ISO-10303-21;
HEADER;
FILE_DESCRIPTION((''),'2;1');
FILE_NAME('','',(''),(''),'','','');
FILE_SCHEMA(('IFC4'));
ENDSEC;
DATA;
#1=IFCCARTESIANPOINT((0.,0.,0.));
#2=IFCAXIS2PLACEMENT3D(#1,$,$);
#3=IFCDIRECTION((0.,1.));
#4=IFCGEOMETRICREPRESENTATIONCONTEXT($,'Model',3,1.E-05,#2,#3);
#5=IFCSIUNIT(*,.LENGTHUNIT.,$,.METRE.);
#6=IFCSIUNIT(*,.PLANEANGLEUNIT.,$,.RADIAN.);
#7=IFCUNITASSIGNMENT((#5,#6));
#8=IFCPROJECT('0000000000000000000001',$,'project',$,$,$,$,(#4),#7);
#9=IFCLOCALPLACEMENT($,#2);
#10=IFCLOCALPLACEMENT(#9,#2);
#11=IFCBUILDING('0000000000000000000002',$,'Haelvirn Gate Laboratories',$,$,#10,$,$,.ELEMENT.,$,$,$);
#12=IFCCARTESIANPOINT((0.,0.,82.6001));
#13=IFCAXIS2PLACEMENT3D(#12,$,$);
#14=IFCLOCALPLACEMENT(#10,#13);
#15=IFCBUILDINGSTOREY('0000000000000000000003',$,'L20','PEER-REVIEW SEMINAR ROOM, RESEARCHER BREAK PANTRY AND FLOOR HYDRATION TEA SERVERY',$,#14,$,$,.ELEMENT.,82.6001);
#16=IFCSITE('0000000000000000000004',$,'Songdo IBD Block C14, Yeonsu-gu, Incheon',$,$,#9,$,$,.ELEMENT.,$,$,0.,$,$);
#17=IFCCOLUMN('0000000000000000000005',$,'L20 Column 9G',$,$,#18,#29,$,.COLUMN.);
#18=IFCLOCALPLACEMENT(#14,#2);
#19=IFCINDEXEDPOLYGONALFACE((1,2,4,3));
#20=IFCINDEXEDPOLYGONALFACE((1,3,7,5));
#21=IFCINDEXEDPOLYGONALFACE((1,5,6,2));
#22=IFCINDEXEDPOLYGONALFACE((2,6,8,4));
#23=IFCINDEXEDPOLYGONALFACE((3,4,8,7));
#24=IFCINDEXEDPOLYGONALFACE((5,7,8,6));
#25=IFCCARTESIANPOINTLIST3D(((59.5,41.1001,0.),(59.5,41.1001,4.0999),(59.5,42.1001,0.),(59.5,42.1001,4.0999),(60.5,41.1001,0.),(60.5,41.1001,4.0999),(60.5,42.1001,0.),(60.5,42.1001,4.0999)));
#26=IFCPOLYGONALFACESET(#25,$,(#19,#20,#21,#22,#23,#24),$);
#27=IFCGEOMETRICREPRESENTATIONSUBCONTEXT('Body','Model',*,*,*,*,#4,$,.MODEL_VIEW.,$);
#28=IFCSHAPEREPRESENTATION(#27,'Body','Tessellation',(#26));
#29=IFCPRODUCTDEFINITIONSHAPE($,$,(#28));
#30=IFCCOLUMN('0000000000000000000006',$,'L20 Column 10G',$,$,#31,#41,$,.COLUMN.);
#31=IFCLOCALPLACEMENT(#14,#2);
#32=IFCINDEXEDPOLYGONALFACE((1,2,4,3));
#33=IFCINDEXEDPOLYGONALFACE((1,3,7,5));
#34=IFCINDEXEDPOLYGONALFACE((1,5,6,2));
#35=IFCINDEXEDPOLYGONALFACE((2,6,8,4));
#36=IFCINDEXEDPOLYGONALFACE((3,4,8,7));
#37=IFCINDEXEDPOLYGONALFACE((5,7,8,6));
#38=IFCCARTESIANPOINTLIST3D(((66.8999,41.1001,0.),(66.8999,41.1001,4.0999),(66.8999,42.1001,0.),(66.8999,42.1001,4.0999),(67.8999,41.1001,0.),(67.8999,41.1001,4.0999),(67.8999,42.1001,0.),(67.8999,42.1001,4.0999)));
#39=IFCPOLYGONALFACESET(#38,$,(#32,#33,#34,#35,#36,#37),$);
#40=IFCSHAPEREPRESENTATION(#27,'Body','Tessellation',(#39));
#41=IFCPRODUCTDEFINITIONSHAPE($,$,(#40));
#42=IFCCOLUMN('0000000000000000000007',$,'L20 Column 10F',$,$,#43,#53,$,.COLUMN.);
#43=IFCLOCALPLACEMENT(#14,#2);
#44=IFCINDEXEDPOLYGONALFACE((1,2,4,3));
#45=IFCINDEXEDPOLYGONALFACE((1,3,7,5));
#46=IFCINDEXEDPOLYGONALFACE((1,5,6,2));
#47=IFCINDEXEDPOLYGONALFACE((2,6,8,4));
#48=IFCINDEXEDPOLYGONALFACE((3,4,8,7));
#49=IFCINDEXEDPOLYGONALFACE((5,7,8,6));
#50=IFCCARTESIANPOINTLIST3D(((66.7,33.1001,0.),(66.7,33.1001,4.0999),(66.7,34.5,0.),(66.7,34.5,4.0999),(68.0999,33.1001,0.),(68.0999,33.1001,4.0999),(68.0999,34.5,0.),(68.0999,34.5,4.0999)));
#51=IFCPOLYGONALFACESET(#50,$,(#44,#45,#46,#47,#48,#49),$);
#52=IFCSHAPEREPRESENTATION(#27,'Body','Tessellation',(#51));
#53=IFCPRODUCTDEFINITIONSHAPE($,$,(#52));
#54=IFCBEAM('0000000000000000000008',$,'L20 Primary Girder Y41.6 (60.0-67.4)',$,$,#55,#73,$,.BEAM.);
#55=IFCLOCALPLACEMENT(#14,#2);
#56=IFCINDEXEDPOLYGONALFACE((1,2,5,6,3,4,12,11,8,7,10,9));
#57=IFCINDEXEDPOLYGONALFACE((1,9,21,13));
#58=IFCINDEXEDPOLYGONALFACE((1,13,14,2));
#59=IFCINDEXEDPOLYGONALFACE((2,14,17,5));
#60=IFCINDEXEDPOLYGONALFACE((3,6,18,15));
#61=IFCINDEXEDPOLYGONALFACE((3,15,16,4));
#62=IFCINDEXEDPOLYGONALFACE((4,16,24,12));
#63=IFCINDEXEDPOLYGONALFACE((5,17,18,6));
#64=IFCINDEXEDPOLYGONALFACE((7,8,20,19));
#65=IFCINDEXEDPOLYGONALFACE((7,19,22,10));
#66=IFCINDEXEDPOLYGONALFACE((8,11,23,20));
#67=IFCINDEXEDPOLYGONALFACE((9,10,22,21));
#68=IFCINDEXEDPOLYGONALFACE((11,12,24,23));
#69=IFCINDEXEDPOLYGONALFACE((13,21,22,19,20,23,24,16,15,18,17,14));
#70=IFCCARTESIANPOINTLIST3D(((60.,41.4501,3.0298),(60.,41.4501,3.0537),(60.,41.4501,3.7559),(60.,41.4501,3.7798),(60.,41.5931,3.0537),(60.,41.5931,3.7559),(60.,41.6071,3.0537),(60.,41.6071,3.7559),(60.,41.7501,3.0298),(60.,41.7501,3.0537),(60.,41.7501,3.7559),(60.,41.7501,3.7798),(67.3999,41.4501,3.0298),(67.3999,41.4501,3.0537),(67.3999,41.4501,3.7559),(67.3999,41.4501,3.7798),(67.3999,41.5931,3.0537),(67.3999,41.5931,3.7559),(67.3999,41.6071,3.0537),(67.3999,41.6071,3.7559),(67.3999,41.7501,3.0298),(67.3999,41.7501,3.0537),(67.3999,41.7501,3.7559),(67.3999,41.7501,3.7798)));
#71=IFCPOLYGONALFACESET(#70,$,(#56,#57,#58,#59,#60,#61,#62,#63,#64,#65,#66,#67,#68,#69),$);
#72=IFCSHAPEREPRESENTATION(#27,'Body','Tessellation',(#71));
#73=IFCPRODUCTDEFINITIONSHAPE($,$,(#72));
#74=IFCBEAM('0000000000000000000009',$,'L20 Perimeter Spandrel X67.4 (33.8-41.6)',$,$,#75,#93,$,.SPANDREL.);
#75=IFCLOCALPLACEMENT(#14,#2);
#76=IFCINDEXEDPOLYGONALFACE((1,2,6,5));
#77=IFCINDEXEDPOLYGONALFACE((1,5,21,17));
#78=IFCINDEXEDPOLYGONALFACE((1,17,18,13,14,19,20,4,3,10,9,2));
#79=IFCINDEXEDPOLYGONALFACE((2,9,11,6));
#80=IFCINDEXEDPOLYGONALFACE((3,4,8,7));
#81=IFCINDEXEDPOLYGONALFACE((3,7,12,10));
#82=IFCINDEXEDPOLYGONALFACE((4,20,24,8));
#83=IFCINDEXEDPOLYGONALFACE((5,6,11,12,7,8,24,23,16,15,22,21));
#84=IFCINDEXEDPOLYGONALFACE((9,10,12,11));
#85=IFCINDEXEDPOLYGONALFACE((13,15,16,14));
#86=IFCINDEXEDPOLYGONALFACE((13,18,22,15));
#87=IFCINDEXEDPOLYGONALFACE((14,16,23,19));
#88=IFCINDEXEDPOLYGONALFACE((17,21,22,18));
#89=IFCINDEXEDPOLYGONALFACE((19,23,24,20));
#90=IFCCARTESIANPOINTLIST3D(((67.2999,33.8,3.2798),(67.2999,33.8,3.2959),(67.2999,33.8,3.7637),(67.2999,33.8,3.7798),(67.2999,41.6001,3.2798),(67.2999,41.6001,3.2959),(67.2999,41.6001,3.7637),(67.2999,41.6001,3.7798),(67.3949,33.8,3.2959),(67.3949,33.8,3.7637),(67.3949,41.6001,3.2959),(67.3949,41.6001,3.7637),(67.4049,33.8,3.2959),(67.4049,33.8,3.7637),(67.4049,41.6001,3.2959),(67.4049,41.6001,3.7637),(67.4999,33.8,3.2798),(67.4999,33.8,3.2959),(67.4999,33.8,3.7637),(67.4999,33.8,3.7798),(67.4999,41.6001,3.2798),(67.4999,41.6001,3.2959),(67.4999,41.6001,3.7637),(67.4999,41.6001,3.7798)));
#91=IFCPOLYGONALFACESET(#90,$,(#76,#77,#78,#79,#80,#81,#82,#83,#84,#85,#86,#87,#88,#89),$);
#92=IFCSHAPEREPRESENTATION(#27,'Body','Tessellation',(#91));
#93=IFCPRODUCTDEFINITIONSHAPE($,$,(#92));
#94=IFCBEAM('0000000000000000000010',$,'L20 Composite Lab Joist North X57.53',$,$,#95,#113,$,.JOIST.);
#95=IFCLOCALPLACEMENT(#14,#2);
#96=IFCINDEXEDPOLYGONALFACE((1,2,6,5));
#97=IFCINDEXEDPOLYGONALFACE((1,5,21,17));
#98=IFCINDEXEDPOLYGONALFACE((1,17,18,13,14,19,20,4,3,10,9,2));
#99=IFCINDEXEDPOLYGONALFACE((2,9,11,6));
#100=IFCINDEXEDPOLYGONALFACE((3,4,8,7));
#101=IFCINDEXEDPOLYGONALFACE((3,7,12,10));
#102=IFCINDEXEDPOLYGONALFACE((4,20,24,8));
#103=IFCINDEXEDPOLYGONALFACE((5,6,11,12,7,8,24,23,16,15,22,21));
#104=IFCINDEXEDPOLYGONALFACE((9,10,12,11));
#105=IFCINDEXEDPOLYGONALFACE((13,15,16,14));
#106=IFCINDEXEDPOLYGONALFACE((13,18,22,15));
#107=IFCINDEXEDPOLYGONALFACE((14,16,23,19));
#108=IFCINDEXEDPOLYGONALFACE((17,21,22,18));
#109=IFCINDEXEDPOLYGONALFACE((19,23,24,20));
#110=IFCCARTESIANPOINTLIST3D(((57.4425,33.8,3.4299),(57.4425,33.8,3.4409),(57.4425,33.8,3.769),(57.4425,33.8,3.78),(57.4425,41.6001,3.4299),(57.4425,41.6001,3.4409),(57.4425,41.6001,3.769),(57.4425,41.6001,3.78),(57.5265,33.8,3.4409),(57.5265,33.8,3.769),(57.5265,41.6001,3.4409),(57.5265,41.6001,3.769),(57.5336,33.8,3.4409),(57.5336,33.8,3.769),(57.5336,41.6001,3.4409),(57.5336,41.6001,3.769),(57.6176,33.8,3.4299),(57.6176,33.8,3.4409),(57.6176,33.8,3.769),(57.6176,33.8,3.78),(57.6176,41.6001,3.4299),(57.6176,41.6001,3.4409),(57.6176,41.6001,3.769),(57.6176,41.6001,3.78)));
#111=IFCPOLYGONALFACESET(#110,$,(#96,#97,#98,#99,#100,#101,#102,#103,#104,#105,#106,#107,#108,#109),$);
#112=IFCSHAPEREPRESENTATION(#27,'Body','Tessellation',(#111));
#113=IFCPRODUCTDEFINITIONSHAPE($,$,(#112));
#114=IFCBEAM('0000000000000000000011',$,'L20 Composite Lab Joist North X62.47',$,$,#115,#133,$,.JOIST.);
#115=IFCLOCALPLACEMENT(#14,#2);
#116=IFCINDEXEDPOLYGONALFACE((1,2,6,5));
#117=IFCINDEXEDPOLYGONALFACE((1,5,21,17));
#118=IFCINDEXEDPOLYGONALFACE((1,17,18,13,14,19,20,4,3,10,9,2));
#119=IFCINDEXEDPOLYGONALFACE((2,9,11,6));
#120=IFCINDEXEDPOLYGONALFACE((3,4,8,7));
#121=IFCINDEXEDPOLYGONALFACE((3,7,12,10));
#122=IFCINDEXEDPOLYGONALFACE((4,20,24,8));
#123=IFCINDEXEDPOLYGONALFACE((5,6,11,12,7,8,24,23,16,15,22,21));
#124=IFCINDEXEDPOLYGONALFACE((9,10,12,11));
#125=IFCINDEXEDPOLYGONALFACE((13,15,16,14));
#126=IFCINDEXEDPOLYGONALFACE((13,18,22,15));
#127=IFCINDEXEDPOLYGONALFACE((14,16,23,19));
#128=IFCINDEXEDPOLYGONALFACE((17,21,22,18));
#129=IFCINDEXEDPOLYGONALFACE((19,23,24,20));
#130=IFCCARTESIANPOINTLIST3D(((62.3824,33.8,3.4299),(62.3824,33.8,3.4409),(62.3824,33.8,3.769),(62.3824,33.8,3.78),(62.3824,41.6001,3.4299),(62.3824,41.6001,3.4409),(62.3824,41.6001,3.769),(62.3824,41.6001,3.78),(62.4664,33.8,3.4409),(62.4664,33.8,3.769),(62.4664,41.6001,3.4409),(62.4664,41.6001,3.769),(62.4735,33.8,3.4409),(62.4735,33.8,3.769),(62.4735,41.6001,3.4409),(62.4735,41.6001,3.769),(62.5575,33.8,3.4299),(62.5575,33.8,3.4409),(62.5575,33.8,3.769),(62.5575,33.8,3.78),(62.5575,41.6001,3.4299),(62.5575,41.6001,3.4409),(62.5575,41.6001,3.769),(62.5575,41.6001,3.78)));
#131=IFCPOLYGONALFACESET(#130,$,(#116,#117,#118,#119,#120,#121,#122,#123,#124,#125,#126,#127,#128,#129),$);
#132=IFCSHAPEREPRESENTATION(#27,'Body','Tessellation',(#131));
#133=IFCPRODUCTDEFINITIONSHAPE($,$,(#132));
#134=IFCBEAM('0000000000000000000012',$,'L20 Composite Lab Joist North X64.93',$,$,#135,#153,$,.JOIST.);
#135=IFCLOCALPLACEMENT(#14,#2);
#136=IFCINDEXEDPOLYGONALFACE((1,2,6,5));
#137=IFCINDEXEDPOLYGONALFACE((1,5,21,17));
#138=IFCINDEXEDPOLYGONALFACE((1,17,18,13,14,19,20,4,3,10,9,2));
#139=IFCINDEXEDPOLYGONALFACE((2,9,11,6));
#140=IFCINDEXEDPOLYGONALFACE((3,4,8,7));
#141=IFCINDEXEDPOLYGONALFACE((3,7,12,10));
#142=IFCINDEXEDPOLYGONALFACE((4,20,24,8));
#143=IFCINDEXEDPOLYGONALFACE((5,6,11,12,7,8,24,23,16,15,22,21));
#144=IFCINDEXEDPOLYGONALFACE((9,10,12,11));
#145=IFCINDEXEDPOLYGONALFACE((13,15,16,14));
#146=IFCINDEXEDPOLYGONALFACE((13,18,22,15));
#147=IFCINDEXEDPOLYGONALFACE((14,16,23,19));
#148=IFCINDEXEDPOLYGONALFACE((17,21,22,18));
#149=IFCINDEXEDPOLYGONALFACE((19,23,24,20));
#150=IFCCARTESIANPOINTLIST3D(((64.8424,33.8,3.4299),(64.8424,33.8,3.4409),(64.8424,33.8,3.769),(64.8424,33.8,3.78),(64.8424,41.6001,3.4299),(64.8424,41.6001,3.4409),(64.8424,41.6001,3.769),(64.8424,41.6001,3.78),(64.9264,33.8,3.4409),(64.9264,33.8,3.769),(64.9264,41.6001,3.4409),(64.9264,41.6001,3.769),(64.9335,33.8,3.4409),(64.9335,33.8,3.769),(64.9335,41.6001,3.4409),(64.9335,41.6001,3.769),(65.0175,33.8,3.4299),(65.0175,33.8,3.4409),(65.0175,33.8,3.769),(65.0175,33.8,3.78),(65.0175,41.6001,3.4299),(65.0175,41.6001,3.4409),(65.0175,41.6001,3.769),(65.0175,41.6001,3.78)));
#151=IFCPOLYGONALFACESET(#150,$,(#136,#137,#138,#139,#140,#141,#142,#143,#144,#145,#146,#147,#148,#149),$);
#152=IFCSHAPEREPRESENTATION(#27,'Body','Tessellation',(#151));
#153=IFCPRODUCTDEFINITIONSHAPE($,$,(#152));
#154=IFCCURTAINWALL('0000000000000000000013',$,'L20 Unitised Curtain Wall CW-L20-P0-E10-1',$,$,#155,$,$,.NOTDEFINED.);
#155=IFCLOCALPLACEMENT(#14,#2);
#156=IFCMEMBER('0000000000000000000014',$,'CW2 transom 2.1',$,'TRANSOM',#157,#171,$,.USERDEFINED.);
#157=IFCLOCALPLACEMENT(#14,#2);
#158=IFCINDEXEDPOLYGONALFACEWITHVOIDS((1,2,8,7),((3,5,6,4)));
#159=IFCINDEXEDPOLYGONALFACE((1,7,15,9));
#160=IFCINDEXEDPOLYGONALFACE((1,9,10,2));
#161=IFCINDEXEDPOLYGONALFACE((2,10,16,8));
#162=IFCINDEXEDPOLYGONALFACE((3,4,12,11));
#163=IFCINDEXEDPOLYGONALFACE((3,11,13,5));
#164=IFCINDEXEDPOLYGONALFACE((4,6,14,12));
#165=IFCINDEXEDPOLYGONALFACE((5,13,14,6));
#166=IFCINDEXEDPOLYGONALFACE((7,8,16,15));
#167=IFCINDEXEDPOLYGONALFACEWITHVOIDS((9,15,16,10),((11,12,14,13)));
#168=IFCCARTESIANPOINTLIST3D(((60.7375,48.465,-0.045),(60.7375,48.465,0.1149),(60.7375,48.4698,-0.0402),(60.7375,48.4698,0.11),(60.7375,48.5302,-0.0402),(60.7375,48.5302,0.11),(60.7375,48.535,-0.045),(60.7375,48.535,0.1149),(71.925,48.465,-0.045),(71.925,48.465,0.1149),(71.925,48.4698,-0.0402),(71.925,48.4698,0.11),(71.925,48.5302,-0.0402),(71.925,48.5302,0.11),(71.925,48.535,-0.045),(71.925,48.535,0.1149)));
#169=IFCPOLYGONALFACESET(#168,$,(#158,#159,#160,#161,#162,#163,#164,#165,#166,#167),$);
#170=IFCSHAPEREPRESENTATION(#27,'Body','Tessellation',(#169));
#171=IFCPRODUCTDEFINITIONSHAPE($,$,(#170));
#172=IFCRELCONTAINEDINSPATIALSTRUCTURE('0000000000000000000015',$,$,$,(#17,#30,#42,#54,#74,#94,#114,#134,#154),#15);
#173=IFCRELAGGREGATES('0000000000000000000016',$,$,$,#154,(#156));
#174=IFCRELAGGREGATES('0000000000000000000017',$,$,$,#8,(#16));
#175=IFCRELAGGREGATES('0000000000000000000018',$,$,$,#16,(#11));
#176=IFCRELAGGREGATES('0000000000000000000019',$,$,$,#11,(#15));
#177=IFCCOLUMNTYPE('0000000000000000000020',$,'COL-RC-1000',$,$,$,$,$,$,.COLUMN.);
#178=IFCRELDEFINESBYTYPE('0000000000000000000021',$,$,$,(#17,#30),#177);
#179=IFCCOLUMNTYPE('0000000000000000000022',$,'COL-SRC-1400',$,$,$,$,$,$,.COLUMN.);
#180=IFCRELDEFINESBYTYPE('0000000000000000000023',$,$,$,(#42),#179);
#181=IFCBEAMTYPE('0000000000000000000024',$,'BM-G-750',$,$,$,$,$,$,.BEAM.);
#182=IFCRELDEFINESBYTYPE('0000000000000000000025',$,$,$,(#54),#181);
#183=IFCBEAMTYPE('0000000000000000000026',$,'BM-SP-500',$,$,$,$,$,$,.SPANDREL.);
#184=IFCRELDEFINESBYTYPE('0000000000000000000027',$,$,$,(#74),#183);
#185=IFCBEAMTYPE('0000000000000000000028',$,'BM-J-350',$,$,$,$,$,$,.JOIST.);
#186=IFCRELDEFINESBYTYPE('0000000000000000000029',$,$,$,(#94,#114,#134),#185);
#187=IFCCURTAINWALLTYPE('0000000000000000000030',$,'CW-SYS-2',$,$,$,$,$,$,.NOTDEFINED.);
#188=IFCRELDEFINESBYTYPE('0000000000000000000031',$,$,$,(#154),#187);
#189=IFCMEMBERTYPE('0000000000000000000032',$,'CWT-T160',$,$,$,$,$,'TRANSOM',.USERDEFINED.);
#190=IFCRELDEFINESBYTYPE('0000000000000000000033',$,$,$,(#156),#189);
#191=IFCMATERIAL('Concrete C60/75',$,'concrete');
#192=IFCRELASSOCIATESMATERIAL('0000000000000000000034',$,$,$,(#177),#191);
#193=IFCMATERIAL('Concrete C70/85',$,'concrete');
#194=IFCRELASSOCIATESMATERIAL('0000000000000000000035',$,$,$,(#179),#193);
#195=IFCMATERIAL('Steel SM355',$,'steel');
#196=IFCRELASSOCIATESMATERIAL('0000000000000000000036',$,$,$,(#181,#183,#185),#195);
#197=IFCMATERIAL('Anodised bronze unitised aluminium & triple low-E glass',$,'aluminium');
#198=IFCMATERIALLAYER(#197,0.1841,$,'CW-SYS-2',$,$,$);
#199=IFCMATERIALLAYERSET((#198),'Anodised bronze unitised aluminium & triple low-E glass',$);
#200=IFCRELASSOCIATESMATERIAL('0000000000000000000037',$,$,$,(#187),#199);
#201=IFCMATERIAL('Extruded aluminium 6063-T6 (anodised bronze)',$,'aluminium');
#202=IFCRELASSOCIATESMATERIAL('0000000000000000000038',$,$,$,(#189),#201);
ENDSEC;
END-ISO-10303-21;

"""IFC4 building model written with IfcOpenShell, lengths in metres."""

from ifc_helpers import new_model, si_unit, direction, frame, origin, origin_2d, place, context, subcontext, project, spatial, rectangle, hollow_rectangle, i_section, extrude, source, transform, mapped, material, layer, layer_set, material_profile, profile_set, type_object, type_shapes, element, aggregate, save


model = new_model("IFC4")

# Units and contexts
model_context = context("Model", 3, precision=1e-05, world=origin(), true_north=direction((0.0, 1.0)))
body_context = subcontext(model_context, "Body", "Model", "MODEL_VIEW")
ifc_project = project(units=[si_unit("LENGTHUNIT", "METRE"), si_unit("PLANEANGLEUNIT", "RADIAN")], contexts=[model_context])

# Site, building, storey
site_placement = place(None, origin())
site = spatial("IfcSite", under=ifc_project, at=site_placement, Name="Songdo IBD Block C14, Yeonsu-gu, Incheon", CompositionType="ELEMENT", RefElevation=0.0)
building_placement = place(site_placement, origin())
building = spatial("IfcBuilding", under=site, at=building_placement, Name="Haelvirn Gate Laboratories", CompositionType="ELEMENT")
storey_placement = place(building_placement, frame((0.0, 0.0, 82.6001)))
storey = spatial("IfcBuildingStorey", under=building, at=storey_placement, Name="L20", Description="PEER-REVIEW SEMINAR ROOM, RESEARCHER BREAK PANTRY AND FLOOR HYDRATION TEA SERVERY", CompositionType="ELEMENT", Elevation=82.6001)

# Columns
ifc_material_1 = material(Name="Concrete C60/75", Category="concrete")
ifc_material_profile_1 = material_profile(ifc_material_1, rectangle(XDim=1.0, YDim=1.0, at=origin_2d()), Name="RC-1000x1000")
ifc_profile_set_1 = profile_set([ifc_material_profile_1], Name="Concrete C60/75")
column_type_1 = type_object("IfcColumnType", Name="COL-RC-1000", PredefinedType="COLUMN", material=ifc_profile_set_1)
shared_shape_1 = source(origin(), body_context, "Body", "SweptSolid", [
    extrude(rectangle(XDim=1.0, YDim=1.0, at=origin_2d()), origin(), (0.0, 0.0, 1.0), 4.0999),
])
type_shapes(column_type_1, [shared_shape_1])
for number, where, z_axis, x_axis, name in (
    (1, (60.0, 41.6001, 0.0), (0.0, 0.0, 1.0), (1.0, 0.0, 0.0), "L20 Column 9G"),
    (2, (67.3999, 41.6001, 0.0), (0.0, 0.0, 1.0), (1.0, 0.0, 0.0), "L20 Column 10G"),
):
    element("IfcColumn", number, at=place(storey_placement, frame(where, z_axis=z_axis, x_axis=x_axis)), inside=storey, type_object=column_type_1, Name=name, PredefinedType="COLUMN", context=body_context, shape_type="MappedRepresentation", body=[
        mapped(shared_shape_1, transform((0.0, 0.0, 0.0), scale=1.0)),
    ])
ifc_material_2 = material(Name="Concrete C70/85", Category="concrete")
ifc_material_profile_2 = material_profile(ifc_material_2, rectangle(XDim=1.3999, YDim=1.3999, at=origin_2d()), Name="SRC-1400x1400")
ifc_profile_set_2 = profile_set([ifc_material_profile_2], Name="Concrete C70/85")
column_type_2 = type_object("IfcColumnType", Name="COL-SRC-1400", PredefinedType="COLUMN", material=ifc_profile_set_2)
shared_shape_2 = source(origin(), body_context, "Body", "SweptSolid", [
    extrude(rectangle(XDim=1.3999, YDim=1.3999, at=origin_2d()), origin(), (0.0, 0.0, 1.0), 4.0999),
])
type_shapes(column_type_2, [shared_shape_2])
column_placement = place(storey_placement, frame((67.3999, 33.8, 0.0), z_axis=(0.0, 0.0, 1.0), x_axis=(1.0, 0.0, 0.0)))
element("IfcColumn", 3, at=column_placement, inside=storey, type_object=column_type_2, Name="L20 Column 10F", PredefinedType="COLUMN", context=body_context, shape_type="MappedRepresentation", body=[
    mapped(shared_shape_2, transform((0.0, 0.0, 0.0), scale=1.0)),
])

# Beams
ifc_material_3 = material(Name="Steel SM355", Category="steel")
ifc_material_profile_3 = material_profile(ifc_material_3, i_section(OverallWidth=0.3, OverallDepth=0.75, WebThickness=0.0139, FlangeThickness=0.0239, at=origin_2d()), Name="H-750x300x14x24")
ifc_profile_set_3 = profile_set([ifc_material_profile_3], Name="Steel SM355")
beam_type_1 = type_object("IfcBeamType", Name="BM-G-750", PredefinedType="BEAM", material=ifc_profile_set_3)
shared_shape_3 = source(origin(), body_context, "Body", "SweptSolid", [
    extrude(i_section(OverallWidth=0.3, OverallDepth=0.75, WebThickness=0.0139, FlangeThickness=0.0239, at=origin_2d()), origin(), (0.0, 0.0, 1.0), 7.3999),
])
type_shapes(beam_type_1, [shared_shape_3])
beam_1_placement = place(storey_placement, frame((60.0, 41.6001, 3.4048), z_axis=(1.0, 0.0, 0.0), x_axis=(0.0, 1.0, 0.0)))
element("IfcBeam", 4, at=beam_1_placement, inside=storey, type_object=beam_type_1, Name="L20 Primary Girder Y41.6 (60.0-67.4)", PredefinedType="BEAM", context=body_context, shape_type="MappedRepresentation", body=[
    mapped(shared_shape_3, transform((0.0, 0.0, 0.0), scale=1.0)),
])
ifc_material_profile_4 = material_profile(ifc_material_3, i_section(OverallWidth=0.2, OverallDepth=0.5, WebThickness=0.01, FlangeThickness=0.0161, at=origin_2d()), Name="H-500x200x10x16")
ifc_profile_set_4 = profile_set([ifc_material_profile_4], Name="Steel SM355")
beam_type_2 = type_object("IfcBeamType", Name="BM-SP-500", PredefinedType="SPANDREL", material=ifc_profile_set_4)
shared_shape_4 = source(origin(), body_context, "Body", "SweptSolid", [
    extrude(i_section(OverallWidth=0.2, OverallDepth=0.5, WebThickness=0.01, FlangeThickness=0.0161, at=origin_2d()), origin(), (0.0, 0.0, 1.0), 7.8),
])
type_shapes(beam_type_2, [shared_shape_4])
beam_2_placement = place(storey_placement, frame((67.3999, 33.8, 3.5298), z_axis=(0.0, 1.0, 0.0), x_axis=(-1.0, 0.0, 0.0)))
element("IfcBeam", 5, at=beam_2_placement, inside=storey, type_object=beam_type_2, Name="L20 Perimeter Spandrel X67.4 (33.8-41.6)", PredefinedType="SPANDREL", context=body_context, shape_type="MappedRepresentation", body=[
    mapped(shared_shape_4, transform((0.0, 0.0, 0.0), scale=1.0)),
])
ifc_material_profile_5 = material_profile(ifc_material_3, i_section(OverallWidth=0.175, OverallDepth=0.3501, WebThickness=0.0071, FlangeThickness=0.011, at=origin_2d()), Name="H-350x175x7x11")
ifc_profile_set_5 = profile_set([ifc_material_profile_5], Name="Steel SM355")
beam_type_3 = type_object("IfcBeamType", Name="BM-J-350", PredefinedType="JOIST", material=ifc_profile_set_5)
shared_shape_5 = source(origin(), body_context, "Body", "SweptSolid", [
    extrude(i_section(OverallWidth=0.175, OverallDepth=0.3501, WebThickness=0.0071, FlangeThickness=0.011, at=origin_2d()), origin(), (0.0, 0.0, 1.0), 7.8),
])
type_shapes(beam_type_3, [shared_shape_5])
for number, where, z_axis, x_axis, name in (
    (6, (57.53, 33.8, 3.605), (0.0, 1.0, 0.0), (-1.0, 0.0, 0.0), "L20 Composite Lab Joist North X57.53"),
    (7, (62.47, 33.8, 3.605), (0.0, 1.0, 0.0), (-1.0, 0.0, 0.0), "L20 Composite Lab Joist North X62.47"),
    (8, (64.9299, 33.8, 3.605), (0.0, 1.0, 0.0), (-1.0, 0.0, 0.0), "L20 Composite Lab Joist North X64.93"),
):
    element("IfcBeam", number, at=place(storey_placement, frame(where, z_axis=z_axis, x_axis=x_axis)), inside=storey, type_object=beam_type_3, Name=name, PredefinedType="JOIST", context=body_context, shape_type="MappedRepresentation", body=[
        mapped(shared_shape_5, transform((0.0, 0.0, 0.0), scale=1.0)),
    ])

# Curtain wall, member
ifc_material_4 = material(Name="Anodised bronze unitised aluminium & triple low-E glass", Category="aluminium")
ifc_layer_1 = layer(ifc_material_4, 0.1841, Name="CW-SYS-2")
ifc_layer_set_1 = layer_set([ifc_layer_1], Name="Anodised bronze unitised aluminium & triple low-E glass")
curtain_wall_type_1 = type_object("IfcCurtainWallType", Name="CW-SYS-2", PredefinedType="NOTDEFINED", material=ifc_layer_set_1)
curtain_wall_1_placement = place(storey_placement, origin())
curtain_wall_1 = element("IfcCurtainWall", 9, at=curtain_wall_1_placement, inside=storey, type_object=curtain_wall_type_1, Name="L20 Unitised Curtain Wall CW-L20-P0-E10-1", PredefinedType="NOTDEFINED")
ifc_material_5 = material(Name="Extruded aluminium 6063-T6 (anodised bronze)", Category="aluminium")
ifc_material_profile_6 = material_profile(ifc_material_5, hollow_rectangle(XDim=0.0701, YDim=0.1599, WallThickness=0.0049, at=origin_2d()), Name="CWT-160x70x5")
ifc_profile_set_6 = profile_set([ifc_material_profile_6], Name="Extruded aluminium 6063-T6 (anodised bronze)")
member_type_1 = type_object("IfcMemberType", Name="CWT-T160", ElementType="TRANSOM", PredefinedType="USERDEFINED", material=ifc_profile_set_6)
shared_shape_6 = source(origin(), body_context, "Body", "SweptSolid", [
    extrude(hollow_rectangle(XDim=0.0701, YDim=0.1599, WallThickness=0.0049, at=origin_2d()), origin(), (0.0, 0.0, 1.0), 11.1875),
])
type_shapes(member_type_1, [shared_shape_6])
member_1_placement = place(storey_placement, frame((60.7375, 48.5, 0.0349), z_axis=(1.0, 0.0, 0.0), x_axis=(0.0, 1.0, 0.0)))
member_1 = element("IfcMember", 10, at=member_1_placement, type_object=member_type_1, Name="CW2 transom 2.1", ObjectType="TRANSOM", PredefinedType="USERDEFINED", context=body_context, shape_type="MappedRepresentation", body=[
    mapped(shared_shape_6, transform((0.0, 0.0, 0.0), scale=1.0)),
])

aggregate(curtain_wall_1, [member_1])

save(model, "model.ifc")
